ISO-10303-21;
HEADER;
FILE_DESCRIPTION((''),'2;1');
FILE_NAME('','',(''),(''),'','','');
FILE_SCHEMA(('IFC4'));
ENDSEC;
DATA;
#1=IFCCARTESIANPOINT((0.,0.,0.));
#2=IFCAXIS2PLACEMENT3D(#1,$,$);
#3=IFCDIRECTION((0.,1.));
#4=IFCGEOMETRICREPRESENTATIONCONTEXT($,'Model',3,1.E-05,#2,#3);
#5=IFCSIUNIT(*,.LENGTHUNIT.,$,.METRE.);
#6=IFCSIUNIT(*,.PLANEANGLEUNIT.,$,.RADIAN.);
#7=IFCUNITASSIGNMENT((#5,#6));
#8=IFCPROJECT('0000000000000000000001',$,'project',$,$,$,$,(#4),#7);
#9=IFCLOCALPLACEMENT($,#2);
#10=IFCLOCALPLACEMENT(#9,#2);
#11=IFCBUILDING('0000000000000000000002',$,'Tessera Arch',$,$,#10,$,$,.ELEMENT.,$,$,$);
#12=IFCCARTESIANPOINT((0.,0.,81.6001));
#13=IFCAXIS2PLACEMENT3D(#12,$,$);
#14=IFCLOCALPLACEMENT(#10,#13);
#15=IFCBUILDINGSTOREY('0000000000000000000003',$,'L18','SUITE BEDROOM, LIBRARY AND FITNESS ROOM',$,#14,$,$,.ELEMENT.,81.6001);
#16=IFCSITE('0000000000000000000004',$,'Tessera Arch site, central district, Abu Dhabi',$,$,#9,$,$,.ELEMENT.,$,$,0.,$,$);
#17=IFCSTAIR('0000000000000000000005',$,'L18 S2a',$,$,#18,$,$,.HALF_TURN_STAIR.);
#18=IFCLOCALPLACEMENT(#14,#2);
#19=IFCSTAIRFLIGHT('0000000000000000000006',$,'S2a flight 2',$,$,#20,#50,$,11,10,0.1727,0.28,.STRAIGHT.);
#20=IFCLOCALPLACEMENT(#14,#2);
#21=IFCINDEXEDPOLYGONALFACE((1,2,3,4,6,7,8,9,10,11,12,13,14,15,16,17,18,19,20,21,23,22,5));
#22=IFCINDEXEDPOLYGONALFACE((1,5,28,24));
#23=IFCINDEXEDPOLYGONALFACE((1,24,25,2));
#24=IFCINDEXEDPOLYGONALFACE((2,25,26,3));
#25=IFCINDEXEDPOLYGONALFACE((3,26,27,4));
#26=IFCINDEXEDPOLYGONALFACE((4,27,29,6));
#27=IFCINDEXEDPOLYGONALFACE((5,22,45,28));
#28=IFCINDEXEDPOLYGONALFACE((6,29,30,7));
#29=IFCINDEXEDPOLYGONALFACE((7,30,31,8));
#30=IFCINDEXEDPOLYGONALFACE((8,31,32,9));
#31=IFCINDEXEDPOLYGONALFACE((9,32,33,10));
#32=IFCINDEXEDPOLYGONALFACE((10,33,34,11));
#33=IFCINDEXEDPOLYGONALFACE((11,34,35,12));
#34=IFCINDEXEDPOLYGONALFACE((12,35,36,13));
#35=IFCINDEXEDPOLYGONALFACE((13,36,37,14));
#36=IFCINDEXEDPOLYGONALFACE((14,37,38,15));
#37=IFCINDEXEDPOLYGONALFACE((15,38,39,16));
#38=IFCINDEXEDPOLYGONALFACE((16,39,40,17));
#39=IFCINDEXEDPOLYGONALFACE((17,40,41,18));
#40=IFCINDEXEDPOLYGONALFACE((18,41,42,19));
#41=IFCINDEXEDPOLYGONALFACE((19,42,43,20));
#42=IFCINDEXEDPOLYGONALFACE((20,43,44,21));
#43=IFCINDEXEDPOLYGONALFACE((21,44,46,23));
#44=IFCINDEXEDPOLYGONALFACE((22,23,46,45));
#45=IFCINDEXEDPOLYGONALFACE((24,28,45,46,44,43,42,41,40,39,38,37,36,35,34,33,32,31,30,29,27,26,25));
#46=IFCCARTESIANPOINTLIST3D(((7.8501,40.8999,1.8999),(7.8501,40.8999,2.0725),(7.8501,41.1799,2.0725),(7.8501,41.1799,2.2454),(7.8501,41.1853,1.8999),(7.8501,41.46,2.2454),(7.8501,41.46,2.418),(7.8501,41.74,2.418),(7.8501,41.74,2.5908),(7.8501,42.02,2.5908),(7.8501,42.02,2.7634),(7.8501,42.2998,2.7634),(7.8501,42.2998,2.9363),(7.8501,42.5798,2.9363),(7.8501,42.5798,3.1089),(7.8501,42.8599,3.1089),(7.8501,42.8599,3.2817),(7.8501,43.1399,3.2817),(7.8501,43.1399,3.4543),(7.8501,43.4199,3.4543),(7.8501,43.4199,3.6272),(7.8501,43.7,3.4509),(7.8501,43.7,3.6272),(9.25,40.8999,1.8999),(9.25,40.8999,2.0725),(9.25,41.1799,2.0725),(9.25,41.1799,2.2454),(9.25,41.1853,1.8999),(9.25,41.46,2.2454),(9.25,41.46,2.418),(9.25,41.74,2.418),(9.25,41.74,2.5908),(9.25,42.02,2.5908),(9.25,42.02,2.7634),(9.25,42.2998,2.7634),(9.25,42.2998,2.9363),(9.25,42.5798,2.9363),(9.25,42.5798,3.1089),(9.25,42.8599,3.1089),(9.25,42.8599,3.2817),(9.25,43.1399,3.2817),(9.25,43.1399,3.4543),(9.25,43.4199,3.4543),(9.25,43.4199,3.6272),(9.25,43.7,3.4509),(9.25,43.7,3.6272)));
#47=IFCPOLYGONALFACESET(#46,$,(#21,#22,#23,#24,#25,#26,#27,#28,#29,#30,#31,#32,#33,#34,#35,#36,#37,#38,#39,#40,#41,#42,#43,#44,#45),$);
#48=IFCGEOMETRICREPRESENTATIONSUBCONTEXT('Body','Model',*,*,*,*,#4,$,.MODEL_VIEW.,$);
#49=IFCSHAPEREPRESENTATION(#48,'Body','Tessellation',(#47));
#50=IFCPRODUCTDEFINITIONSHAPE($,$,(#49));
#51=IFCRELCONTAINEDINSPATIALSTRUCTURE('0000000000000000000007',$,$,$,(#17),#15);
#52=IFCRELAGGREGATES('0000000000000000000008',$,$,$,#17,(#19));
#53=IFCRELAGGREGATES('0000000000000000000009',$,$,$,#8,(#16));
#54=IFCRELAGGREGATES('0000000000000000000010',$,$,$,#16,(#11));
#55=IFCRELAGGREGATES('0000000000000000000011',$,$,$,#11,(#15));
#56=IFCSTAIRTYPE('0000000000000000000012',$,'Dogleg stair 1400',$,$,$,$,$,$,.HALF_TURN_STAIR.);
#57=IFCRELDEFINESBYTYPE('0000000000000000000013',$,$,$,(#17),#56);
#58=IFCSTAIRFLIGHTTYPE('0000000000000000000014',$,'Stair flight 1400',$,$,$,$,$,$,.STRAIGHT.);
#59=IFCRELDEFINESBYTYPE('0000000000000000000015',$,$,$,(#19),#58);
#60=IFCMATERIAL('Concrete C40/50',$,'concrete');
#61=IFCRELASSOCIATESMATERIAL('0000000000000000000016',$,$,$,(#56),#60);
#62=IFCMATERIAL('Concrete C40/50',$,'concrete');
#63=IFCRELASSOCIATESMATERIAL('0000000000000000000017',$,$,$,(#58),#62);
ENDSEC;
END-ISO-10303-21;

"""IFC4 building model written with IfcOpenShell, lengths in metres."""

from ifc_helpers import new_model, si_unit, direction, frame, origin, place, context, subcontext, project, spatial, polyline, outline, extrude, material, type_object, element, aggregate, save


model = new_model("IFC4")

# Units and contexts
model_context = context("Model", 3, precision=1e-05, world=origin(), true_north=direction((0.0, 1.0)))
body_context = subcontext(model_context, "Body", "Model", "MODEL_VIEW")
ifc_project = project(units=[si_unit("LENGTHUNIT", "METRE"), si_unit("PLANEANGLEUNIT", "RADIAN")], contexts=[model_context])

# Site, building, storey
site_placement = place(None, origin())
site = spatial("IfcSite", under=ifc_project, at=site_placement, Name="Tessera Arch site, central district, Abu Dhabi", CompositionType="ELEMENT", RefElevation=0.0)
building_placement = place(site_placement, origin())
building = spatial("IfcBuilding", under=site, at=building_placement, Name="Tessera Arch", CompositionType="ELEMENT")
storey_placement = place(building_placement, frame((0.0, 0.0, 81.6001)))
storey = spatial("IfcBuildingStorey", under=building, at=storey_placement, Name="L18", Description="SUITE BEDROOM, LIBRARY AND FITNESS ROOM", CompositionType="ELEMENT", Elevation=81.6001)

# Stair, stair flight
ifc_material_1 = material(Name="Concrete C40/50", Category="concrete")
stair_type = type_object("IfcStairType", Name="Dogleg stair 1400", PredefinedType="HALF_TURN_STAIR", material=ifc_material_1)
stair_placement = place(storey_placement, origin())
stair = element("IfcStair", 1, at=stair_placement, inside=storey, type_object=stair_type, Name="L18 S2a", PredefinedType="HALF_TURN_STAIR")
ifc_material_2 = material(Name="Concrete C40/50", Category="concrete")
stair_flight_type = type_object("IfcStairFlightType", Name="Stair flight 1400", PredefinedType="STRAIGHT", material=ifc_material_2)
stair_flight_placement = place(storey_placement, frame((8.55, 40.8999, 1.8999), z_axis=(0.0, 0.0, 1.0), x_axis=(0.0, 1.0, 0.0)))
stair_flight = element("IfcStairFlight", 2, at=stair_flight_placement, type_object=stair_flight_type, Name="S2a flight 2", NumberOfRisers=11, NumberOfTreads=10, PredefinedType="STRAIGHT", RiserHeight=0.1727, TreadLength=0.28, context=body_context, shape_type="SweptSolid", body=[
    extrude(outline(polyline([(0.0, 0.0), (0.0, 0.1726), (0.28, 0.1726), (0.28, 0.3455), (0.5601, 0.3455), (0.5601, 0.5181), (0.8401, 0.5181), (0.8401, 0.6909), (1.1201, 0.6909), (1.1201, 0.8635), (1.3999, 0.8635), (1.3999, 1.0364), (1.6799, 1.0364), (1.6799, 1.209), (1.96, 1.209), (1.96, 1.3818), (2.24, 1.3818), (2.24, 1.5544), (2.52, 1.5544), (2.52, 1.7273), (2.8, 1.7273), (2.8, 1.8999), (2.8, 1.551), (0.2854, 0.0), (0.0, 0.0)])), frame((0.0, 0.7, 0.0), z_axis=(0.0, -1.0, 0.0), x_axis=(1.0, 0.0, 0.0)), (0.0, 0.0, 1.0), 1.3999),
])
aggregate(stair, [stair_flight])

save(model, "model.ifc")
